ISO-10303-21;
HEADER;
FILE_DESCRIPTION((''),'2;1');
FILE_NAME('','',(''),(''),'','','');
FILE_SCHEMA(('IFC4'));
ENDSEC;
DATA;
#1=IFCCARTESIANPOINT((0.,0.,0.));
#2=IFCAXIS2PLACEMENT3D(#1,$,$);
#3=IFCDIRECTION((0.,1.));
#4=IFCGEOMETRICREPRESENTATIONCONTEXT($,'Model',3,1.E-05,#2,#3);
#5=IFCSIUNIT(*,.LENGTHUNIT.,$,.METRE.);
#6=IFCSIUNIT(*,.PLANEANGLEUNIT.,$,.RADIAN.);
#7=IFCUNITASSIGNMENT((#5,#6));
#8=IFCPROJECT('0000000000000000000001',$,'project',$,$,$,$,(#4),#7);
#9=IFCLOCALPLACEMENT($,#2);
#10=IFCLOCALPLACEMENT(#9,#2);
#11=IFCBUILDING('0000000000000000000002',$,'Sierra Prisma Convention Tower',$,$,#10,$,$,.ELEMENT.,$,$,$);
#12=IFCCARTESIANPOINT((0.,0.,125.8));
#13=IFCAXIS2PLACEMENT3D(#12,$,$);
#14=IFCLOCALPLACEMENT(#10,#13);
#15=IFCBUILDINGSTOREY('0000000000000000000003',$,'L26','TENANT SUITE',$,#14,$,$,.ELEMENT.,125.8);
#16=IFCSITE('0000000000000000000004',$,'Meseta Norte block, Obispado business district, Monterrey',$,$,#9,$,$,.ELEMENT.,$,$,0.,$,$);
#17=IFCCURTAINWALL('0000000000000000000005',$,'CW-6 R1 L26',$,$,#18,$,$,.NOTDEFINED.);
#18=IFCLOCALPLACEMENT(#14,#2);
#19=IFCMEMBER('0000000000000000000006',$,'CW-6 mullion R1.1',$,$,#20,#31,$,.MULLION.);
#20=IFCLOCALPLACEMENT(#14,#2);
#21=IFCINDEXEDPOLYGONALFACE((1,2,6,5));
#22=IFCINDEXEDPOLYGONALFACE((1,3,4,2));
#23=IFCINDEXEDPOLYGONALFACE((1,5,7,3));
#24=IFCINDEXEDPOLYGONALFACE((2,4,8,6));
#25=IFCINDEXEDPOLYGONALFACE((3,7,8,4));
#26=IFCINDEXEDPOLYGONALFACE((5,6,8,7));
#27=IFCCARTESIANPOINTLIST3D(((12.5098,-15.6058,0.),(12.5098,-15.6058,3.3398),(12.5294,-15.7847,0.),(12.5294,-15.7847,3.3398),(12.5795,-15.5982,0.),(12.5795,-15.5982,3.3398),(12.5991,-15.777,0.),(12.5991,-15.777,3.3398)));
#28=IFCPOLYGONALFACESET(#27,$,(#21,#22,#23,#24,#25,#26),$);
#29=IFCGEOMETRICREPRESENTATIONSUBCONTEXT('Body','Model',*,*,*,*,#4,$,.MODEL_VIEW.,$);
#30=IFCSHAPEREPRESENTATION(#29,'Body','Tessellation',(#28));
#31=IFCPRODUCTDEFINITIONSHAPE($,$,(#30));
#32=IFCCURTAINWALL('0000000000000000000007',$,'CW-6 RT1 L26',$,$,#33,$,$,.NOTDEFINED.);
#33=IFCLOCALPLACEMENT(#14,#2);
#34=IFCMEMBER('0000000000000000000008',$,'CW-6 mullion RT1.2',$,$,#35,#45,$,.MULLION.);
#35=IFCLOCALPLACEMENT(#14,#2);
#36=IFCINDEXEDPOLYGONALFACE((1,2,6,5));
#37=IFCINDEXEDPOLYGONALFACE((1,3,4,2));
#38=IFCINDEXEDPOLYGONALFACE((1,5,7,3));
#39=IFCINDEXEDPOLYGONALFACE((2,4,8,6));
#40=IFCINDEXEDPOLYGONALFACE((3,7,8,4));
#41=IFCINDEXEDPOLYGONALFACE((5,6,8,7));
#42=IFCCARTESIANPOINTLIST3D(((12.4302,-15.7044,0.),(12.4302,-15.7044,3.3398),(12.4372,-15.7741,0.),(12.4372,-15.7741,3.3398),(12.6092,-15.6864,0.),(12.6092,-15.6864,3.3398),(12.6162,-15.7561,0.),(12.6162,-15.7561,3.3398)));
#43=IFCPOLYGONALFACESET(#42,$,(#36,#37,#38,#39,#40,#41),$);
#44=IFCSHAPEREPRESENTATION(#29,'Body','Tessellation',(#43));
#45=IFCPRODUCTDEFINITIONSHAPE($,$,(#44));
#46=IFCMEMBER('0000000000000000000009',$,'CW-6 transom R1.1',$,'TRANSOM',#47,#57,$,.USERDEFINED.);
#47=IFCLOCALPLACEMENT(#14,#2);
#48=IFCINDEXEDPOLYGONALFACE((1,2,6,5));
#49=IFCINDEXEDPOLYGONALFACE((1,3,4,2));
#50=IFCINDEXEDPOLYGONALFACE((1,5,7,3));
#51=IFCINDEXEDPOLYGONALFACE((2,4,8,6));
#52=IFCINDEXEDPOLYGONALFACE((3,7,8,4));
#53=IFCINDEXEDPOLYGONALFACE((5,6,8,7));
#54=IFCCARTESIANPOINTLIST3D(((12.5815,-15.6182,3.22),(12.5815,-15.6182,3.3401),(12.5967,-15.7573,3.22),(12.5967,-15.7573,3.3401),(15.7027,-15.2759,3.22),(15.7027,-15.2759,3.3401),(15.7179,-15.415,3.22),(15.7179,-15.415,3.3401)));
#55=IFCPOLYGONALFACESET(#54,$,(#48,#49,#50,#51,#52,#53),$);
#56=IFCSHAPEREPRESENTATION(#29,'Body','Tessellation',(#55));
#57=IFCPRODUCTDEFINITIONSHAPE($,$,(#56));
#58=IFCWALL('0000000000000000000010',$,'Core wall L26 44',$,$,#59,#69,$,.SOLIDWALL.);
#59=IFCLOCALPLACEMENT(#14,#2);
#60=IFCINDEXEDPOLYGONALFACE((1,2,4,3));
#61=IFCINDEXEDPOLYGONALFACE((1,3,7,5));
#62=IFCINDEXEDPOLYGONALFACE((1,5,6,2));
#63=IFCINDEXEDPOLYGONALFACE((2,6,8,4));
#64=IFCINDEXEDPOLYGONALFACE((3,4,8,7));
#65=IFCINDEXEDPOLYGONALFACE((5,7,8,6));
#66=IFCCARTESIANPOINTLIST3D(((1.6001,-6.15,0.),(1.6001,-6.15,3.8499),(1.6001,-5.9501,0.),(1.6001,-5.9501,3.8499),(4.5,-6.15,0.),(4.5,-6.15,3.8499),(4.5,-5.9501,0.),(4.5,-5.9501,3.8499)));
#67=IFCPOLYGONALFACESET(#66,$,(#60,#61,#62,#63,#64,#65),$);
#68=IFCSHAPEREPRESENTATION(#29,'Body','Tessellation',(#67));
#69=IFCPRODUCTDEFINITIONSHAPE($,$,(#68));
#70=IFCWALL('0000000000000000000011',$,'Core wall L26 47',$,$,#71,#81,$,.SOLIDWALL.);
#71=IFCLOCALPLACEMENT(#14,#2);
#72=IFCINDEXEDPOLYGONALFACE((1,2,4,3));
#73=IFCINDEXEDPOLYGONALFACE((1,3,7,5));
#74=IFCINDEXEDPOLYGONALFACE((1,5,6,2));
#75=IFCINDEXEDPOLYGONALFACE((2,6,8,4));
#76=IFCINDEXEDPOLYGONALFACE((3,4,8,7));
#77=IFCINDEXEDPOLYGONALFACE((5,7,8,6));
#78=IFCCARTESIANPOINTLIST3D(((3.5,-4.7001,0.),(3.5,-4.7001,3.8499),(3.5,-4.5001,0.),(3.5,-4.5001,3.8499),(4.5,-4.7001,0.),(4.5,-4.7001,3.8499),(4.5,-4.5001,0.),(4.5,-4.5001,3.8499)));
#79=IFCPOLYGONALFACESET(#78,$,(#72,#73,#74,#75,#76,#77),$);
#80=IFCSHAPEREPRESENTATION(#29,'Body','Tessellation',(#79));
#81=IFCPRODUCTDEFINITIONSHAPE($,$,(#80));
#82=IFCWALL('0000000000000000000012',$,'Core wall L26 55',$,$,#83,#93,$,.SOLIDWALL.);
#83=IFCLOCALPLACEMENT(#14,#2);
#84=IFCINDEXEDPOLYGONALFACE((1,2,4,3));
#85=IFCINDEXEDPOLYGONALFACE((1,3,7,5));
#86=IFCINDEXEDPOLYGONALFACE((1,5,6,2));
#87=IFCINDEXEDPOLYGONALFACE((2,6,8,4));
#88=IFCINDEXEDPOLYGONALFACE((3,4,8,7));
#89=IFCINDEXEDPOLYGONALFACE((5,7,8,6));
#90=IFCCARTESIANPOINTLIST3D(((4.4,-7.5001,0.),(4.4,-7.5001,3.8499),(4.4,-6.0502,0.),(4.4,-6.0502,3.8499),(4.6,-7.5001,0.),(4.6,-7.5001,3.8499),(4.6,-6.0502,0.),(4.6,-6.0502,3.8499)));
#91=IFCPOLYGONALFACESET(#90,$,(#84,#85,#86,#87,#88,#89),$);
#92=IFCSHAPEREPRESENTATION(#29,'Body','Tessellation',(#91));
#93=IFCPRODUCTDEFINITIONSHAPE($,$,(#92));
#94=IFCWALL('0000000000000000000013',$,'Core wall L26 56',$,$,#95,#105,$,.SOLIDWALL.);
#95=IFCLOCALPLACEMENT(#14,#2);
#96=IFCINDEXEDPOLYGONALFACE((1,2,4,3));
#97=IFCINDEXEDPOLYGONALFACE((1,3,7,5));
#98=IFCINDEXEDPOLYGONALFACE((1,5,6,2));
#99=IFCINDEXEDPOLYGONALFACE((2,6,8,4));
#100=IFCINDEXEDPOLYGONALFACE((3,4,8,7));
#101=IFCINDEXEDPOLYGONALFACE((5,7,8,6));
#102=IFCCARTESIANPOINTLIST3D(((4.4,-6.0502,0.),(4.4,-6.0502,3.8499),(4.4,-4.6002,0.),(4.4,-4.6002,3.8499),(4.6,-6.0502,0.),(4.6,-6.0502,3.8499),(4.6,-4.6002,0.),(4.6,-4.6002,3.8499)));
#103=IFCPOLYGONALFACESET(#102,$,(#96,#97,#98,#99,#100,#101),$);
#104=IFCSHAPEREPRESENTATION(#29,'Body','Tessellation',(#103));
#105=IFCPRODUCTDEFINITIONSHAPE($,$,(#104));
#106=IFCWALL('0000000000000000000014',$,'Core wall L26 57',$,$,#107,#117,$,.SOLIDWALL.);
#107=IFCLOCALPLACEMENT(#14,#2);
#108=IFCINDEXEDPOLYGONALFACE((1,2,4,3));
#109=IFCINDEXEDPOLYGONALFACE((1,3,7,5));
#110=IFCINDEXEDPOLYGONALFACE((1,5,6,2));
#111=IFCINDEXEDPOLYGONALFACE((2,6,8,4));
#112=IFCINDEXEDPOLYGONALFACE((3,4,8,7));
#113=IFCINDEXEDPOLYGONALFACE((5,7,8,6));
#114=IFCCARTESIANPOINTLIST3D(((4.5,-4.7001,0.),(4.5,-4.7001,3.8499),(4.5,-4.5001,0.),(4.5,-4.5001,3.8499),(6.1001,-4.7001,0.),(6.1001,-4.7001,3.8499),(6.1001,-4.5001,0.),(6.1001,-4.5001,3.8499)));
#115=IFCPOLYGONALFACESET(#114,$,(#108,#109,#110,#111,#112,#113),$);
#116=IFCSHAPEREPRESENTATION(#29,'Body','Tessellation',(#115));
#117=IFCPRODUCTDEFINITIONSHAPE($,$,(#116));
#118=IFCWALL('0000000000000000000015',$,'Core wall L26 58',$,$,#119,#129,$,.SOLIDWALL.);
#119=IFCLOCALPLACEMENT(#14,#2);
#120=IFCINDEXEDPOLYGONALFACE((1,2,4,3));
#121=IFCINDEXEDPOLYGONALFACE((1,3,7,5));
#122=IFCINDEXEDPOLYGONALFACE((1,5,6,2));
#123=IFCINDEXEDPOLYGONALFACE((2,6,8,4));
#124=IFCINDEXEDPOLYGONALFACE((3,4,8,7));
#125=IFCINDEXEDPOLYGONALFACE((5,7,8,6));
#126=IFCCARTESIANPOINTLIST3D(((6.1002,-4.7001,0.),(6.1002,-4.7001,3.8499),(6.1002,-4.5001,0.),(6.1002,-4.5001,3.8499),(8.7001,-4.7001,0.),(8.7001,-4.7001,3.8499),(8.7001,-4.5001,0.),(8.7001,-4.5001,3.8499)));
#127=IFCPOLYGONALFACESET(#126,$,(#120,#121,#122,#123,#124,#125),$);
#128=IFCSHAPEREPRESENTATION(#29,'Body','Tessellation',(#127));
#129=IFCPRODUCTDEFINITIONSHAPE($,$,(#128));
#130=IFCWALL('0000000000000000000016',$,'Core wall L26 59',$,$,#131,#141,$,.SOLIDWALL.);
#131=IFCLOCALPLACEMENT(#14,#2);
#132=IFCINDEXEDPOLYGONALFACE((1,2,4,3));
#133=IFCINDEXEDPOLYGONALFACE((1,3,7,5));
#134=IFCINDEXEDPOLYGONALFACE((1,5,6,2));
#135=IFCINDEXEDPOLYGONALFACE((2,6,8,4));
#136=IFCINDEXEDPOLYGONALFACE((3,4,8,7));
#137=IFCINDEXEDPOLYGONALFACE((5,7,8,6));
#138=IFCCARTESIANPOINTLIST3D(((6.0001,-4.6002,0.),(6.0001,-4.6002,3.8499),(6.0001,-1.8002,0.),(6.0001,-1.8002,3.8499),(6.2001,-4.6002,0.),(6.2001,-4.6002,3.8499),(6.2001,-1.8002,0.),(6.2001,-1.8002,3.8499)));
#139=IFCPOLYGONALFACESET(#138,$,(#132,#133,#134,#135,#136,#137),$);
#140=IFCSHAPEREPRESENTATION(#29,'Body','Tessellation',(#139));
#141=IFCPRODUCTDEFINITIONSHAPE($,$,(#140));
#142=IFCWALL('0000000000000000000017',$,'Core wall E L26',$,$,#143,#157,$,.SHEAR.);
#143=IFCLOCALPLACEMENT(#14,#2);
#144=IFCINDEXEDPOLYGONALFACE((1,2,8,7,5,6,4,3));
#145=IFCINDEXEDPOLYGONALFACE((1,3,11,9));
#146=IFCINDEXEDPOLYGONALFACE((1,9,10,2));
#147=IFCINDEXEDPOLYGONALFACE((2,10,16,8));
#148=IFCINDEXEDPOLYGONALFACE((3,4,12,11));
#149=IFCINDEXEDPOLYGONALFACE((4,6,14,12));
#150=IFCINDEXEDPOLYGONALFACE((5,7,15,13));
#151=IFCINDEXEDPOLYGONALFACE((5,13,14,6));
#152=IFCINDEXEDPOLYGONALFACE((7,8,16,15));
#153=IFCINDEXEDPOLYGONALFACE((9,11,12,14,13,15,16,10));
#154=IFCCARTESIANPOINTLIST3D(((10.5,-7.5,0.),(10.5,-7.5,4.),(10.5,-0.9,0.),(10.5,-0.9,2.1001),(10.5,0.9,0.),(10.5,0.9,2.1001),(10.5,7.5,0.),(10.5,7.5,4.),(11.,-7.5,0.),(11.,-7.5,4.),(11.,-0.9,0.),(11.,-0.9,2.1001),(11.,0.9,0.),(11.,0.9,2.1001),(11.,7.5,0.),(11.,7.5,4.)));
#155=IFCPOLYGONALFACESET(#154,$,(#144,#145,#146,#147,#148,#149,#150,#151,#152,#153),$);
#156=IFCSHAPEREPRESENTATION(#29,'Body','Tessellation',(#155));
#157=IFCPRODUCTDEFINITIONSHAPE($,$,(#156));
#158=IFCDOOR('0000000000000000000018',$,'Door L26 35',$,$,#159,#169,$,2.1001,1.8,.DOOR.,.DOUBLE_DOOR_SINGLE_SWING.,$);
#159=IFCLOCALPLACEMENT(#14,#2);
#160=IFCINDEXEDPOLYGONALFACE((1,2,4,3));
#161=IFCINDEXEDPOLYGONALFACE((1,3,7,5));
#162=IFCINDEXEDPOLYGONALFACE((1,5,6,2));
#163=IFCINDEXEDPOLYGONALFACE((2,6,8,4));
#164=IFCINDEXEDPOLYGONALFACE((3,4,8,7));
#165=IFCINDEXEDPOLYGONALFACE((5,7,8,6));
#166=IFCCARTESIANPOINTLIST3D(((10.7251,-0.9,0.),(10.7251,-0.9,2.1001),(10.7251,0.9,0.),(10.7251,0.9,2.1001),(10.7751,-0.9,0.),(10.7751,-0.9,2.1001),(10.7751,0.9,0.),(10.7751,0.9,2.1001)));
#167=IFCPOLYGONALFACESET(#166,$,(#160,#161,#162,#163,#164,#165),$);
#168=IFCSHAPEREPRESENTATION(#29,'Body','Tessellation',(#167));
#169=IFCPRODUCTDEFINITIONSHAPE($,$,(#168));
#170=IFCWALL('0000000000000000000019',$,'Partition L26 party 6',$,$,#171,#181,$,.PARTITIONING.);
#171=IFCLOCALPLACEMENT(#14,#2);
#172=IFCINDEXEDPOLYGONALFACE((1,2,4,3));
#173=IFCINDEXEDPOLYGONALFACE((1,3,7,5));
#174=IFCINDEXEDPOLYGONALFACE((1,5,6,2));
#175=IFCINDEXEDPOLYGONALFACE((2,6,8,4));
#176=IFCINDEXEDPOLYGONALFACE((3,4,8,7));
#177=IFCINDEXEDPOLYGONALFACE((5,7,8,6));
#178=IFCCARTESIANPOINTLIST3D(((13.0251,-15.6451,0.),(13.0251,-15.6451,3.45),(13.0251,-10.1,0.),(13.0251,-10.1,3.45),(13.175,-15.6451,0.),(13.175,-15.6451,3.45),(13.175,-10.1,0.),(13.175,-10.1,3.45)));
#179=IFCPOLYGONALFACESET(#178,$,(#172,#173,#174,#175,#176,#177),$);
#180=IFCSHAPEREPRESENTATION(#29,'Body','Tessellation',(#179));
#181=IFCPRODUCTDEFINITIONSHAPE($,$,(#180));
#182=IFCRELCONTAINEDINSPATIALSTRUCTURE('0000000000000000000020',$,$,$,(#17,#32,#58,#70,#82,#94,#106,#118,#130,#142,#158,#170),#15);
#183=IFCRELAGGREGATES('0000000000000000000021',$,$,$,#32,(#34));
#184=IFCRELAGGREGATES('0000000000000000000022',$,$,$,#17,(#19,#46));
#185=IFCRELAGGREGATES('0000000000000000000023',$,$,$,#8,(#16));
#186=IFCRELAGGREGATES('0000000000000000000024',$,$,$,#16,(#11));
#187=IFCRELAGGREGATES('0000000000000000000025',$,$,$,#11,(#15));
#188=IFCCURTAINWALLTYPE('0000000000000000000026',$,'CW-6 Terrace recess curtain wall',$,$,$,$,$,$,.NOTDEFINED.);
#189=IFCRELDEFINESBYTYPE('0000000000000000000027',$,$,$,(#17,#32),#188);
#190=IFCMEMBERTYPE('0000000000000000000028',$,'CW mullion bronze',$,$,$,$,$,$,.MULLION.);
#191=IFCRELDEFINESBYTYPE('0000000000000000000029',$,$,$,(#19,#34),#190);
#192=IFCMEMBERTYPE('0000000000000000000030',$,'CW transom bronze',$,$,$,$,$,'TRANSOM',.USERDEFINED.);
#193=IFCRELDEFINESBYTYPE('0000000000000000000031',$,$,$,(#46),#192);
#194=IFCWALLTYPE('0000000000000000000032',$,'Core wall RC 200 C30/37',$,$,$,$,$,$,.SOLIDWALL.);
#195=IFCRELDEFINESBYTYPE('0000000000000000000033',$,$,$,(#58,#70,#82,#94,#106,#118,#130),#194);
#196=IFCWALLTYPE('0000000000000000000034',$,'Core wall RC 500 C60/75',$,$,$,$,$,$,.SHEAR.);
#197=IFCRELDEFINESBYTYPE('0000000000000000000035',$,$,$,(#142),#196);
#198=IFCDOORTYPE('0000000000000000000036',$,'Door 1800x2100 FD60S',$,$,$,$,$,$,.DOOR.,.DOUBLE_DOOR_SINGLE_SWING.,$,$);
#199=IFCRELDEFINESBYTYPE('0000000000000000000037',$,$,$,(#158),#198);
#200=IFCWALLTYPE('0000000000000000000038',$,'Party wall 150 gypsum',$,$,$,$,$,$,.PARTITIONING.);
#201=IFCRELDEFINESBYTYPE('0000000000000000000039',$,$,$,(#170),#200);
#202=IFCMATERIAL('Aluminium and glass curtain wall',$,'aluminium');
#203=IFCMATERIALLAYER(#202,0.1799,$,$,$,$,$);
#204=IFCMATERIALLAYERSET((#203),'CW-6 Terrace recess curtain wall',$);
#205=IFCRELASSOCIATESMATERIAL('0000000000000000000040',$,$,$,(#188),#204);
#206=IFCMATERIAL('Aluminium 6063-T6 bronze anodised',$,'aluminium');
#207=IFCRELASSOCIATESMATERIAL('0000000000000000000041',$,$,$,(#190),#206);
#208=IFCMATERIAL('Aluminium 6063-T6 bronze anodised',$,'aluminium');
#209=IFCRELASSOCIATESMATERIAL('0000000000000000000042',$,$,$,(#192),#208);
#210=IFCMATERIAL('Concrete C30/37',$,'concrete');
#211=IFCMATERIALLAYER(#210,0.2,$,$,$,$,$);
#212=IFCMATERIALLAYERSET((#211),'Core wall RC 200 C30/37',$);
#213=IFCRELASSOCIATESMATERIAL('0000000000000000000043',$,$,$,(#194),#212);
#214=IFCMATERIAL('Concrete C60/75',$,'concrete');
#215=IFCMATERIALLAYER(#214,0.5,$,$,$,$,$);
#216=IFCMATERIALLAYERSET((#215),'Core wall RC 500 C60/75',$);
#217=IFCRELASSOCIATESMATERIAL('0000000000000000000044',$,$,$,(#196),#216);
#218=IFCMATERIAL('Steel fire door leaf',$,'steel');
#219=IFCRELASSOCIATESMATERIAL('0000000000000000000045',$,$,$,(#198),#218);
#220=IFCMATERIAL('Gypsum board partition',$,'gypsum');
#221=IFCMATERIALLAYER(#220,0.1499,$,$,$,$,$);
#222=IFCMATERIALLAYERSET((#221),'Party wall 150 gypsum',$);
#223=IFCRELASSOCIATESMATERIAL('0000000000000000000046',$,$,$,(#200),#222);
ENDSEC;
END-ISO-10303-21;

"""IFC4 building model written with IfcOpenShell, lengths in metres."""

from ifc_helpers import new_model, si_unit, direction, frame, frame_2d, origin, origin_2d, place, context, subcontext, project, spatial, rectangle, extrude, material, layer, layer_set, material_profile, profile_set, type_object, element, fill, aggregate, save


model = new_model("IFC4")

# Units and contexts
model_context = context("Model", 3, precision=1e-05, world=origin(), true_north=direction((0.0, 1.0)))
body_context = subcontext(model_context, "Body", "Model", "MODEL_VIEW")
ifc_project = project(units=[si_unit("LENGTHUNIT", "METRE"), si_unit("PLANEANGLEUNIT", "RADIAN")], contexts=[model_context])

# Site, building, storey
site_placement = place(None, origin())
site = spatial("IfcSite", under=ifc_project, at=site_placement, Name="Meseta Norte block, Obispado business district, Monterrey", CompositionType="ELEMENT", RefElevation=0.0)
building_placement = place(site_placement, origin())
building = spatial("IfcBuilding", under=site, at=building_placement, Name="Sierra Prisma Convention Tower", CompositionType="ELEMENT")
storey_placement = place(building_placement, frame((0.0, 0.0, 125.8)))
storey = spatial("IfcBuildingStorey", under=building, at=storey_placement, Name="L26", Description="TENANT SUITE", CompositionType="ELEMENT", Elevation=125.8)

# Curtain walls, members
ifc_material_1 = material(Name="Aluminium and glass curtain wall", Category="aluminium")
ifc_layer_1 = layer(ifc_material_1, 0.1799)
ifc_layer_set_1 = layer_set([ifc_layer_1], Name="CW-6 Terrace recess curtain wall")
curtain_wall_type = type_object("IfcCurtainWallType", Name="CW-6 Terrace recess curtain wall", PredefinedType="NOTDEFINED", material=ifc_layer_set_1)
curtain_wall_1_placement = place(storey_placement, origin())
curtain_wall_1 = element("IfcCurtainWall", 1, at=curtain_wall_1_placement, inside=storey, type_object=curtain_wall_type, Name="CW-6 R1 L26", PredefinedType="NOTDEFINED")
ifc_material_2 = material(Name="Aluminium 6063-T6 bronze anodised", Category="aluminium")
ifc_material_profile_1 = material_profile(ifc_material_2, rectangle(XDim=0.1799, YDim=0.0701, at=origin_2d()), Name="ALU MULLION 70x180")
ifc_profile_set_1 = profile_set([ifc_material_profile_1], Name="Aluminium 6063-T6 bronze anodised")
member_type_1 = type_object("IfcMemberType", Name="CW mullion bronze", PredefinedType="MULLION", material=ifc_profile_set_1)
member_1_placement = place(storey_placement, frame((12.5544, -15.6914, 0.0), z_axis=(0.0, 0.0, 1.0), x_axis=(-0.109002, 0.994042, 0.0)))
member_1 = element("IfcMember", 2, at=member_1_placement, type_object=member_type_1, Name="CW-6 mullion R1.1", PredefinedType="MULLION", context=body_context, shape_type="SweptSolid", body=[
    extrude(rectangle(XDim=0.1799, YDim=0.0701, at=origin_2d()), origin(), (0.0, 0.0, 1.0), 3.3398),
])
curtain_wall_2_placement = place(storey_placement, origin())
curtain_wall_2 = element("IfcCurtainWall", 3, at=curtain_wall_2_placement, inside=storey, type_object=curtain_wall_type, Name="CW-6 RT1 L26", PredefinedType="NOTDEFINED")
member_2_placement = place(storey_placement, frame((12.5232, -15.7302, 0.0), z_axis=(0.0, 0.0, 1.0), x_axis=(-0.994976, -0.100118, 0.0)))
member_2 = element("IfcMember", 4, at=member_2_placement, type_object=member_type_1, Name="CW-6 mullion RT1.2", PredefinedType="MULLION", context=body_context, shape_type="SweptSolid", body=[
    extrude(rectangle(XDim=0.1799, YDim=0.0701, at=origin_2d()), origin(), (0.0, 0.0, 1.0), 3.3398),
])
aggregate(curtain_wall_2, [member_2])

# Member
ifc_material_3 = material(Name="Aluminium 6063-T6 bronze anodised", Category="aluminium")
ifc_material_profile_2 = material_profile(ifc_material_3, rectangle(XDim=0.1399, YDim=0.1201, at=origin_2d()), Name="ALU TRANSOM 120x140")
ifc_profile_set_2 = profile_set([ifc_material_profile_2], Name="Aluminium 6063-T6 bronze anodised")
member_type_2 = type_object("IfcMemberType", Name="CW transom bronze", ElementType="TRANSOM", PredefinedType="USERDEFINED", material=ifc_profile_set_2)
member_3_placement = place(storey_placement, frame((12.5891, -15.6877, 3.28), z_axis=(0.99404, 0.109015, 0.0), x_axis=(-0.109015, 0.99404, 0.0)))
member_3 = element("IfcMember", 5, at=member_3_placement, type_object=member_type_2, Name="CW-6 transom R1.1", ObjectType="TRANSOM", PredefinedType="USERDEFINED", context=body_context, shape_type="SweptSolid", body=[
    extrude(rectangle(XDim=0.1399, YDim=0.1201, at=origin_2d()), origin(), (0.0, 0.0, 1.0), 3.1399),
])
aggregate(curtain_wall_1, [member_1, member_3])

# Walls
ifc_material_4 = material(Name="Concrete C30/37", Category="concrete")
ifc_layer_2 = layer(ifc_material_4, 0.2)
ifc_layer_set_2 = layer_set([ifc_layer_2], Name="Core wall RC 200 C30/37")
wall_type_1 = type_object("IfcWallType", Name="Core wall RC 200 C30/37", PredefinedType="SOLIDWALL", material=ifc_layer_set_2)
wall_1_placement = place(storey_placement, frame((4.5, -6.05, 0.0), z_axis=(0.0, 0.0, 1.0), x_axis=(-1.0, 0.0, 0.0)))
element("IfcWall", 6, at=wall_1_placement, inside=storey, type_object=wall_type_1, Name="Core wall L26 44", PredefinedType="SOLIDWALL", context=body_context, shape_type="SweptSolid", body=[
    extrude(rectangle(XDim=2.8999, YDim=0.2, at=frame_2d((1.45, 0.0))), origin(), (0.0, 0.0, 1.0), 3.8499),
])
wall_2_placement = place(storey_placement, frame((4.5, -4.6001, 0.0), z_axis=(0.0, 0.0, 1.0), x_axis=(-1.0, 0.0, 0.0)))
element("IfcWall", 7, at=wall_2_placement, inside=storey, type_object=wall_type_1, Name="Core wall L26 47", PredefinedType="SOLIDWALL", context=body_context, shape_type="SweptSolid", body=[
    extrude(rectangle(XDim=1.0, YDim=0.2, at=frame_2d((0.5, 0.0))), origin(), (0.0, 0.0, 1.0), 3.8499),
])
for number, where, z_axis, x_axis, name in (
    (8, (4.5, -6.05, 0.0), (0.0, 0.0, 1.0), (0.0, -1.0, 0.0), "Core wall L26 55"),
    (9, (4.5, -4.6001, 0.0), (0.0, 0.0, 1.0), (0.0, -1.0, 0.0), "Core wall L26 56"),
):
    element("IfcWall", number, at=place(storey_placement, frame(where, z_axis=z_axis, x_axis=x_axis)), inside=storey, type_object=wall_type_1, Name=name, PredefinedType="SOLIDWALL", context=body_context, shape_type="SweptSolid", body=[
        extrude(rectangle(XDim=1.45, YDim=0.2, at=frame_2d((0.7251, 0.0))), origin(), (0.0, 0.0, 1.0), 3.8499),
    ])
wall_3_placement = place(storey_placement, frame((6.1001, -4.6001, 0.0), z_axis=(0.0, 0.0, 1.0), x_axis=(-1.0, 0.0, 0.0)))
element("IfcWall", 10, at=wall_3_placement, inside=storey, type_object=wall_type_1, Name="Core wall L26 57", PredefinedType="SOLIDWALL", context=body_context, shape_type="SweptSolid", body=[
    extrude(rectangle(XDim=1.6001, YDim=0.2, at=frame_2d((0.8, 0.0))), origin(), (0.0, 0.0, 1.0), 3.8499),
])
wall_4_placement = place(storey_placement, frame((8.7, -4.6001, 0.0), z_axis=(0.0, 0.0, 1.0), x_axis=(-1.0, 0.0, 0.0)))
element("IfcWall", 11, at=wall_4_placement, inside=storey, type_object=wall_type_1, Name="Core wall L26 58", PredefinedType="SOLIDWALL", context=body_context, shape_type="SweptSolid", body=[
    extrude(rectangle(XDim=2.5999, YDim=0.2, at=frame_2d((1.2998, 0.0))), origin(), (0.0, 0.0, 1.0), 3.8499),
])
wall_5_placement = place(storey_placement, frame((6.1001, -4.6001, 0.0), z_axis=(0.0, 0.0, 1.0), x_axis=(0.0, 1.0, 0.0)))
element("IfcWall", 12, at=wall_5_placement, inside=storey, type_object=wall_type_1, Name="Core wall L26 59", PredefinedType="SOLIDWALL", context=body_context, shape_type="SweptSolid", body=[
    extrude(rectangle(XDim=2.8, YDim=0.2, at=frame_2d((1.3999, 0.0))), origin(), (0.0, 0.0, 1.0), 3.8499),
])

# Wall, opening, door
ifc_material_5 = material(Name="Concrete C60/75", Category="concrete")
ifc_layer_3 = layer(ifc_material_5, 0.5)
ifc_layer_set_3 = layer_set([ifc_layer_3], Name="Core wall RC 500 C60/75")
wall_type_2 = type_object("IfcWallType", Name="Core wall RC 500 C60/75", PredefinedType="SHEAR", material=ifc_layer_set_3)
wall_6_placement = place(storey_placement, frame((10.75, -7.5, 0.0), z_axis=(0.0, 0.0, 1.0), x_axis=(0.0, 1.0, 0.0)))
wall_6 = element("IfcWall", 13, at=wall_6_placement, inside=storey, type_object=wall_type_2, Name="Core wall E L26", PredefinedType="SHEAR", context=body_context, shape_type="SweptSolid", body=[
    extrude(rectangle(XDim=15.0, YDim=0.5, at=frame_2d((7.5, 0.0))), origin(), (0.0, 0.0, 1.0), 4.0),
])
opening_1_placement = place(wall_6_placement, frame((6.6001, 0.0, 0.0)))
opening_1 = element("IfcOpeningElement", 14, at=opening_1_placement, cuts=wall_6, PredefinedType="OPENING", context=body_context, shape_type="SweptSolid", body=[
    extrude(rectangle(XDim=1.8, YDim=2.1001, at=frame_2d((0.8999, 1.05))), frame((0.0, 0.25, 0.0), z_axis=(0.0, -1.0, 0.0), x_axis=(1.0, 0.0, 0.0)), (0.0, 0.0, 1.0), 0.5),
])
ifc_material_6 = material(Name="Steel fire door leaf", Category="steel")
door_type_1 = type_object("IfcDoorType", Name="Door 1800x2100 FD60S", OperationType="DOUBLE_DOOR_SINGLE_SWING", PredefinedType="DOOR", material=ifc_material_6)
door_1_placement = place(opening_1_placement, origin())
door_1 = element("IfcDoor", 15, at=door_1_placement, inside=storey, type_object=door_type_1, Name="Door L26 35", OperationType="DOUBLE_DOOR_SINGLE_SWING", OverallHeight=2.1001, OverallWidth=1.8, PredefinedType="DOOR", context=body_context, shape_type="SweptSolid", body=[
    extrude(rectangle(XDim=1.8, YDim=2.1001, at=frame_2d((0.8999, 1.05))), frame((0.0, 0.0249, 0.0), z_axis=(0.0, -1.0, 0.0), x_axis=(1.0, 0.0, 0.0)), (0.0, 0.0, 1.0), 0.05),
])
fill(opening_1, door_1)

# Wall
ifc_material_7 = material(Name="Gypsum board partition", Category="gypsum")
ifc_layer_4 = layer(ifc_material_7, 0.1499)
ifc_layer_set_4 = layer_set([ifc_layer_4], Name="Party wall 150 gypsum")
wall_type_3 = type_object("IfcWallType", Name="Party wall 150 gypsum", PredefinedType="PARTITIONING", material=ifc_layer_set_4)
wall_7_placement = place(storey_placement, frame((13.1001, -10.1001, 0.0), z_axis=(0.0, 0.0, 1.0), x_axis=(0.0, -1.0, 0.0)))
element("IfcWall", 16, at=wall_7_placement, inside=storey, type_object=wall_type_3, Name="Partition L26 party 6", PredefinedType="PARTITIONING", context=body_context, shape_type="SweptSolid", body=[
    extrude(rectangle(XDim=5.5452, YDim=0.1499, at=frame_2d((2.7725, 0.0))), origin(), (0.0, 0.0, 1.0), 3.45),
])

save(model, "model.ifc")
